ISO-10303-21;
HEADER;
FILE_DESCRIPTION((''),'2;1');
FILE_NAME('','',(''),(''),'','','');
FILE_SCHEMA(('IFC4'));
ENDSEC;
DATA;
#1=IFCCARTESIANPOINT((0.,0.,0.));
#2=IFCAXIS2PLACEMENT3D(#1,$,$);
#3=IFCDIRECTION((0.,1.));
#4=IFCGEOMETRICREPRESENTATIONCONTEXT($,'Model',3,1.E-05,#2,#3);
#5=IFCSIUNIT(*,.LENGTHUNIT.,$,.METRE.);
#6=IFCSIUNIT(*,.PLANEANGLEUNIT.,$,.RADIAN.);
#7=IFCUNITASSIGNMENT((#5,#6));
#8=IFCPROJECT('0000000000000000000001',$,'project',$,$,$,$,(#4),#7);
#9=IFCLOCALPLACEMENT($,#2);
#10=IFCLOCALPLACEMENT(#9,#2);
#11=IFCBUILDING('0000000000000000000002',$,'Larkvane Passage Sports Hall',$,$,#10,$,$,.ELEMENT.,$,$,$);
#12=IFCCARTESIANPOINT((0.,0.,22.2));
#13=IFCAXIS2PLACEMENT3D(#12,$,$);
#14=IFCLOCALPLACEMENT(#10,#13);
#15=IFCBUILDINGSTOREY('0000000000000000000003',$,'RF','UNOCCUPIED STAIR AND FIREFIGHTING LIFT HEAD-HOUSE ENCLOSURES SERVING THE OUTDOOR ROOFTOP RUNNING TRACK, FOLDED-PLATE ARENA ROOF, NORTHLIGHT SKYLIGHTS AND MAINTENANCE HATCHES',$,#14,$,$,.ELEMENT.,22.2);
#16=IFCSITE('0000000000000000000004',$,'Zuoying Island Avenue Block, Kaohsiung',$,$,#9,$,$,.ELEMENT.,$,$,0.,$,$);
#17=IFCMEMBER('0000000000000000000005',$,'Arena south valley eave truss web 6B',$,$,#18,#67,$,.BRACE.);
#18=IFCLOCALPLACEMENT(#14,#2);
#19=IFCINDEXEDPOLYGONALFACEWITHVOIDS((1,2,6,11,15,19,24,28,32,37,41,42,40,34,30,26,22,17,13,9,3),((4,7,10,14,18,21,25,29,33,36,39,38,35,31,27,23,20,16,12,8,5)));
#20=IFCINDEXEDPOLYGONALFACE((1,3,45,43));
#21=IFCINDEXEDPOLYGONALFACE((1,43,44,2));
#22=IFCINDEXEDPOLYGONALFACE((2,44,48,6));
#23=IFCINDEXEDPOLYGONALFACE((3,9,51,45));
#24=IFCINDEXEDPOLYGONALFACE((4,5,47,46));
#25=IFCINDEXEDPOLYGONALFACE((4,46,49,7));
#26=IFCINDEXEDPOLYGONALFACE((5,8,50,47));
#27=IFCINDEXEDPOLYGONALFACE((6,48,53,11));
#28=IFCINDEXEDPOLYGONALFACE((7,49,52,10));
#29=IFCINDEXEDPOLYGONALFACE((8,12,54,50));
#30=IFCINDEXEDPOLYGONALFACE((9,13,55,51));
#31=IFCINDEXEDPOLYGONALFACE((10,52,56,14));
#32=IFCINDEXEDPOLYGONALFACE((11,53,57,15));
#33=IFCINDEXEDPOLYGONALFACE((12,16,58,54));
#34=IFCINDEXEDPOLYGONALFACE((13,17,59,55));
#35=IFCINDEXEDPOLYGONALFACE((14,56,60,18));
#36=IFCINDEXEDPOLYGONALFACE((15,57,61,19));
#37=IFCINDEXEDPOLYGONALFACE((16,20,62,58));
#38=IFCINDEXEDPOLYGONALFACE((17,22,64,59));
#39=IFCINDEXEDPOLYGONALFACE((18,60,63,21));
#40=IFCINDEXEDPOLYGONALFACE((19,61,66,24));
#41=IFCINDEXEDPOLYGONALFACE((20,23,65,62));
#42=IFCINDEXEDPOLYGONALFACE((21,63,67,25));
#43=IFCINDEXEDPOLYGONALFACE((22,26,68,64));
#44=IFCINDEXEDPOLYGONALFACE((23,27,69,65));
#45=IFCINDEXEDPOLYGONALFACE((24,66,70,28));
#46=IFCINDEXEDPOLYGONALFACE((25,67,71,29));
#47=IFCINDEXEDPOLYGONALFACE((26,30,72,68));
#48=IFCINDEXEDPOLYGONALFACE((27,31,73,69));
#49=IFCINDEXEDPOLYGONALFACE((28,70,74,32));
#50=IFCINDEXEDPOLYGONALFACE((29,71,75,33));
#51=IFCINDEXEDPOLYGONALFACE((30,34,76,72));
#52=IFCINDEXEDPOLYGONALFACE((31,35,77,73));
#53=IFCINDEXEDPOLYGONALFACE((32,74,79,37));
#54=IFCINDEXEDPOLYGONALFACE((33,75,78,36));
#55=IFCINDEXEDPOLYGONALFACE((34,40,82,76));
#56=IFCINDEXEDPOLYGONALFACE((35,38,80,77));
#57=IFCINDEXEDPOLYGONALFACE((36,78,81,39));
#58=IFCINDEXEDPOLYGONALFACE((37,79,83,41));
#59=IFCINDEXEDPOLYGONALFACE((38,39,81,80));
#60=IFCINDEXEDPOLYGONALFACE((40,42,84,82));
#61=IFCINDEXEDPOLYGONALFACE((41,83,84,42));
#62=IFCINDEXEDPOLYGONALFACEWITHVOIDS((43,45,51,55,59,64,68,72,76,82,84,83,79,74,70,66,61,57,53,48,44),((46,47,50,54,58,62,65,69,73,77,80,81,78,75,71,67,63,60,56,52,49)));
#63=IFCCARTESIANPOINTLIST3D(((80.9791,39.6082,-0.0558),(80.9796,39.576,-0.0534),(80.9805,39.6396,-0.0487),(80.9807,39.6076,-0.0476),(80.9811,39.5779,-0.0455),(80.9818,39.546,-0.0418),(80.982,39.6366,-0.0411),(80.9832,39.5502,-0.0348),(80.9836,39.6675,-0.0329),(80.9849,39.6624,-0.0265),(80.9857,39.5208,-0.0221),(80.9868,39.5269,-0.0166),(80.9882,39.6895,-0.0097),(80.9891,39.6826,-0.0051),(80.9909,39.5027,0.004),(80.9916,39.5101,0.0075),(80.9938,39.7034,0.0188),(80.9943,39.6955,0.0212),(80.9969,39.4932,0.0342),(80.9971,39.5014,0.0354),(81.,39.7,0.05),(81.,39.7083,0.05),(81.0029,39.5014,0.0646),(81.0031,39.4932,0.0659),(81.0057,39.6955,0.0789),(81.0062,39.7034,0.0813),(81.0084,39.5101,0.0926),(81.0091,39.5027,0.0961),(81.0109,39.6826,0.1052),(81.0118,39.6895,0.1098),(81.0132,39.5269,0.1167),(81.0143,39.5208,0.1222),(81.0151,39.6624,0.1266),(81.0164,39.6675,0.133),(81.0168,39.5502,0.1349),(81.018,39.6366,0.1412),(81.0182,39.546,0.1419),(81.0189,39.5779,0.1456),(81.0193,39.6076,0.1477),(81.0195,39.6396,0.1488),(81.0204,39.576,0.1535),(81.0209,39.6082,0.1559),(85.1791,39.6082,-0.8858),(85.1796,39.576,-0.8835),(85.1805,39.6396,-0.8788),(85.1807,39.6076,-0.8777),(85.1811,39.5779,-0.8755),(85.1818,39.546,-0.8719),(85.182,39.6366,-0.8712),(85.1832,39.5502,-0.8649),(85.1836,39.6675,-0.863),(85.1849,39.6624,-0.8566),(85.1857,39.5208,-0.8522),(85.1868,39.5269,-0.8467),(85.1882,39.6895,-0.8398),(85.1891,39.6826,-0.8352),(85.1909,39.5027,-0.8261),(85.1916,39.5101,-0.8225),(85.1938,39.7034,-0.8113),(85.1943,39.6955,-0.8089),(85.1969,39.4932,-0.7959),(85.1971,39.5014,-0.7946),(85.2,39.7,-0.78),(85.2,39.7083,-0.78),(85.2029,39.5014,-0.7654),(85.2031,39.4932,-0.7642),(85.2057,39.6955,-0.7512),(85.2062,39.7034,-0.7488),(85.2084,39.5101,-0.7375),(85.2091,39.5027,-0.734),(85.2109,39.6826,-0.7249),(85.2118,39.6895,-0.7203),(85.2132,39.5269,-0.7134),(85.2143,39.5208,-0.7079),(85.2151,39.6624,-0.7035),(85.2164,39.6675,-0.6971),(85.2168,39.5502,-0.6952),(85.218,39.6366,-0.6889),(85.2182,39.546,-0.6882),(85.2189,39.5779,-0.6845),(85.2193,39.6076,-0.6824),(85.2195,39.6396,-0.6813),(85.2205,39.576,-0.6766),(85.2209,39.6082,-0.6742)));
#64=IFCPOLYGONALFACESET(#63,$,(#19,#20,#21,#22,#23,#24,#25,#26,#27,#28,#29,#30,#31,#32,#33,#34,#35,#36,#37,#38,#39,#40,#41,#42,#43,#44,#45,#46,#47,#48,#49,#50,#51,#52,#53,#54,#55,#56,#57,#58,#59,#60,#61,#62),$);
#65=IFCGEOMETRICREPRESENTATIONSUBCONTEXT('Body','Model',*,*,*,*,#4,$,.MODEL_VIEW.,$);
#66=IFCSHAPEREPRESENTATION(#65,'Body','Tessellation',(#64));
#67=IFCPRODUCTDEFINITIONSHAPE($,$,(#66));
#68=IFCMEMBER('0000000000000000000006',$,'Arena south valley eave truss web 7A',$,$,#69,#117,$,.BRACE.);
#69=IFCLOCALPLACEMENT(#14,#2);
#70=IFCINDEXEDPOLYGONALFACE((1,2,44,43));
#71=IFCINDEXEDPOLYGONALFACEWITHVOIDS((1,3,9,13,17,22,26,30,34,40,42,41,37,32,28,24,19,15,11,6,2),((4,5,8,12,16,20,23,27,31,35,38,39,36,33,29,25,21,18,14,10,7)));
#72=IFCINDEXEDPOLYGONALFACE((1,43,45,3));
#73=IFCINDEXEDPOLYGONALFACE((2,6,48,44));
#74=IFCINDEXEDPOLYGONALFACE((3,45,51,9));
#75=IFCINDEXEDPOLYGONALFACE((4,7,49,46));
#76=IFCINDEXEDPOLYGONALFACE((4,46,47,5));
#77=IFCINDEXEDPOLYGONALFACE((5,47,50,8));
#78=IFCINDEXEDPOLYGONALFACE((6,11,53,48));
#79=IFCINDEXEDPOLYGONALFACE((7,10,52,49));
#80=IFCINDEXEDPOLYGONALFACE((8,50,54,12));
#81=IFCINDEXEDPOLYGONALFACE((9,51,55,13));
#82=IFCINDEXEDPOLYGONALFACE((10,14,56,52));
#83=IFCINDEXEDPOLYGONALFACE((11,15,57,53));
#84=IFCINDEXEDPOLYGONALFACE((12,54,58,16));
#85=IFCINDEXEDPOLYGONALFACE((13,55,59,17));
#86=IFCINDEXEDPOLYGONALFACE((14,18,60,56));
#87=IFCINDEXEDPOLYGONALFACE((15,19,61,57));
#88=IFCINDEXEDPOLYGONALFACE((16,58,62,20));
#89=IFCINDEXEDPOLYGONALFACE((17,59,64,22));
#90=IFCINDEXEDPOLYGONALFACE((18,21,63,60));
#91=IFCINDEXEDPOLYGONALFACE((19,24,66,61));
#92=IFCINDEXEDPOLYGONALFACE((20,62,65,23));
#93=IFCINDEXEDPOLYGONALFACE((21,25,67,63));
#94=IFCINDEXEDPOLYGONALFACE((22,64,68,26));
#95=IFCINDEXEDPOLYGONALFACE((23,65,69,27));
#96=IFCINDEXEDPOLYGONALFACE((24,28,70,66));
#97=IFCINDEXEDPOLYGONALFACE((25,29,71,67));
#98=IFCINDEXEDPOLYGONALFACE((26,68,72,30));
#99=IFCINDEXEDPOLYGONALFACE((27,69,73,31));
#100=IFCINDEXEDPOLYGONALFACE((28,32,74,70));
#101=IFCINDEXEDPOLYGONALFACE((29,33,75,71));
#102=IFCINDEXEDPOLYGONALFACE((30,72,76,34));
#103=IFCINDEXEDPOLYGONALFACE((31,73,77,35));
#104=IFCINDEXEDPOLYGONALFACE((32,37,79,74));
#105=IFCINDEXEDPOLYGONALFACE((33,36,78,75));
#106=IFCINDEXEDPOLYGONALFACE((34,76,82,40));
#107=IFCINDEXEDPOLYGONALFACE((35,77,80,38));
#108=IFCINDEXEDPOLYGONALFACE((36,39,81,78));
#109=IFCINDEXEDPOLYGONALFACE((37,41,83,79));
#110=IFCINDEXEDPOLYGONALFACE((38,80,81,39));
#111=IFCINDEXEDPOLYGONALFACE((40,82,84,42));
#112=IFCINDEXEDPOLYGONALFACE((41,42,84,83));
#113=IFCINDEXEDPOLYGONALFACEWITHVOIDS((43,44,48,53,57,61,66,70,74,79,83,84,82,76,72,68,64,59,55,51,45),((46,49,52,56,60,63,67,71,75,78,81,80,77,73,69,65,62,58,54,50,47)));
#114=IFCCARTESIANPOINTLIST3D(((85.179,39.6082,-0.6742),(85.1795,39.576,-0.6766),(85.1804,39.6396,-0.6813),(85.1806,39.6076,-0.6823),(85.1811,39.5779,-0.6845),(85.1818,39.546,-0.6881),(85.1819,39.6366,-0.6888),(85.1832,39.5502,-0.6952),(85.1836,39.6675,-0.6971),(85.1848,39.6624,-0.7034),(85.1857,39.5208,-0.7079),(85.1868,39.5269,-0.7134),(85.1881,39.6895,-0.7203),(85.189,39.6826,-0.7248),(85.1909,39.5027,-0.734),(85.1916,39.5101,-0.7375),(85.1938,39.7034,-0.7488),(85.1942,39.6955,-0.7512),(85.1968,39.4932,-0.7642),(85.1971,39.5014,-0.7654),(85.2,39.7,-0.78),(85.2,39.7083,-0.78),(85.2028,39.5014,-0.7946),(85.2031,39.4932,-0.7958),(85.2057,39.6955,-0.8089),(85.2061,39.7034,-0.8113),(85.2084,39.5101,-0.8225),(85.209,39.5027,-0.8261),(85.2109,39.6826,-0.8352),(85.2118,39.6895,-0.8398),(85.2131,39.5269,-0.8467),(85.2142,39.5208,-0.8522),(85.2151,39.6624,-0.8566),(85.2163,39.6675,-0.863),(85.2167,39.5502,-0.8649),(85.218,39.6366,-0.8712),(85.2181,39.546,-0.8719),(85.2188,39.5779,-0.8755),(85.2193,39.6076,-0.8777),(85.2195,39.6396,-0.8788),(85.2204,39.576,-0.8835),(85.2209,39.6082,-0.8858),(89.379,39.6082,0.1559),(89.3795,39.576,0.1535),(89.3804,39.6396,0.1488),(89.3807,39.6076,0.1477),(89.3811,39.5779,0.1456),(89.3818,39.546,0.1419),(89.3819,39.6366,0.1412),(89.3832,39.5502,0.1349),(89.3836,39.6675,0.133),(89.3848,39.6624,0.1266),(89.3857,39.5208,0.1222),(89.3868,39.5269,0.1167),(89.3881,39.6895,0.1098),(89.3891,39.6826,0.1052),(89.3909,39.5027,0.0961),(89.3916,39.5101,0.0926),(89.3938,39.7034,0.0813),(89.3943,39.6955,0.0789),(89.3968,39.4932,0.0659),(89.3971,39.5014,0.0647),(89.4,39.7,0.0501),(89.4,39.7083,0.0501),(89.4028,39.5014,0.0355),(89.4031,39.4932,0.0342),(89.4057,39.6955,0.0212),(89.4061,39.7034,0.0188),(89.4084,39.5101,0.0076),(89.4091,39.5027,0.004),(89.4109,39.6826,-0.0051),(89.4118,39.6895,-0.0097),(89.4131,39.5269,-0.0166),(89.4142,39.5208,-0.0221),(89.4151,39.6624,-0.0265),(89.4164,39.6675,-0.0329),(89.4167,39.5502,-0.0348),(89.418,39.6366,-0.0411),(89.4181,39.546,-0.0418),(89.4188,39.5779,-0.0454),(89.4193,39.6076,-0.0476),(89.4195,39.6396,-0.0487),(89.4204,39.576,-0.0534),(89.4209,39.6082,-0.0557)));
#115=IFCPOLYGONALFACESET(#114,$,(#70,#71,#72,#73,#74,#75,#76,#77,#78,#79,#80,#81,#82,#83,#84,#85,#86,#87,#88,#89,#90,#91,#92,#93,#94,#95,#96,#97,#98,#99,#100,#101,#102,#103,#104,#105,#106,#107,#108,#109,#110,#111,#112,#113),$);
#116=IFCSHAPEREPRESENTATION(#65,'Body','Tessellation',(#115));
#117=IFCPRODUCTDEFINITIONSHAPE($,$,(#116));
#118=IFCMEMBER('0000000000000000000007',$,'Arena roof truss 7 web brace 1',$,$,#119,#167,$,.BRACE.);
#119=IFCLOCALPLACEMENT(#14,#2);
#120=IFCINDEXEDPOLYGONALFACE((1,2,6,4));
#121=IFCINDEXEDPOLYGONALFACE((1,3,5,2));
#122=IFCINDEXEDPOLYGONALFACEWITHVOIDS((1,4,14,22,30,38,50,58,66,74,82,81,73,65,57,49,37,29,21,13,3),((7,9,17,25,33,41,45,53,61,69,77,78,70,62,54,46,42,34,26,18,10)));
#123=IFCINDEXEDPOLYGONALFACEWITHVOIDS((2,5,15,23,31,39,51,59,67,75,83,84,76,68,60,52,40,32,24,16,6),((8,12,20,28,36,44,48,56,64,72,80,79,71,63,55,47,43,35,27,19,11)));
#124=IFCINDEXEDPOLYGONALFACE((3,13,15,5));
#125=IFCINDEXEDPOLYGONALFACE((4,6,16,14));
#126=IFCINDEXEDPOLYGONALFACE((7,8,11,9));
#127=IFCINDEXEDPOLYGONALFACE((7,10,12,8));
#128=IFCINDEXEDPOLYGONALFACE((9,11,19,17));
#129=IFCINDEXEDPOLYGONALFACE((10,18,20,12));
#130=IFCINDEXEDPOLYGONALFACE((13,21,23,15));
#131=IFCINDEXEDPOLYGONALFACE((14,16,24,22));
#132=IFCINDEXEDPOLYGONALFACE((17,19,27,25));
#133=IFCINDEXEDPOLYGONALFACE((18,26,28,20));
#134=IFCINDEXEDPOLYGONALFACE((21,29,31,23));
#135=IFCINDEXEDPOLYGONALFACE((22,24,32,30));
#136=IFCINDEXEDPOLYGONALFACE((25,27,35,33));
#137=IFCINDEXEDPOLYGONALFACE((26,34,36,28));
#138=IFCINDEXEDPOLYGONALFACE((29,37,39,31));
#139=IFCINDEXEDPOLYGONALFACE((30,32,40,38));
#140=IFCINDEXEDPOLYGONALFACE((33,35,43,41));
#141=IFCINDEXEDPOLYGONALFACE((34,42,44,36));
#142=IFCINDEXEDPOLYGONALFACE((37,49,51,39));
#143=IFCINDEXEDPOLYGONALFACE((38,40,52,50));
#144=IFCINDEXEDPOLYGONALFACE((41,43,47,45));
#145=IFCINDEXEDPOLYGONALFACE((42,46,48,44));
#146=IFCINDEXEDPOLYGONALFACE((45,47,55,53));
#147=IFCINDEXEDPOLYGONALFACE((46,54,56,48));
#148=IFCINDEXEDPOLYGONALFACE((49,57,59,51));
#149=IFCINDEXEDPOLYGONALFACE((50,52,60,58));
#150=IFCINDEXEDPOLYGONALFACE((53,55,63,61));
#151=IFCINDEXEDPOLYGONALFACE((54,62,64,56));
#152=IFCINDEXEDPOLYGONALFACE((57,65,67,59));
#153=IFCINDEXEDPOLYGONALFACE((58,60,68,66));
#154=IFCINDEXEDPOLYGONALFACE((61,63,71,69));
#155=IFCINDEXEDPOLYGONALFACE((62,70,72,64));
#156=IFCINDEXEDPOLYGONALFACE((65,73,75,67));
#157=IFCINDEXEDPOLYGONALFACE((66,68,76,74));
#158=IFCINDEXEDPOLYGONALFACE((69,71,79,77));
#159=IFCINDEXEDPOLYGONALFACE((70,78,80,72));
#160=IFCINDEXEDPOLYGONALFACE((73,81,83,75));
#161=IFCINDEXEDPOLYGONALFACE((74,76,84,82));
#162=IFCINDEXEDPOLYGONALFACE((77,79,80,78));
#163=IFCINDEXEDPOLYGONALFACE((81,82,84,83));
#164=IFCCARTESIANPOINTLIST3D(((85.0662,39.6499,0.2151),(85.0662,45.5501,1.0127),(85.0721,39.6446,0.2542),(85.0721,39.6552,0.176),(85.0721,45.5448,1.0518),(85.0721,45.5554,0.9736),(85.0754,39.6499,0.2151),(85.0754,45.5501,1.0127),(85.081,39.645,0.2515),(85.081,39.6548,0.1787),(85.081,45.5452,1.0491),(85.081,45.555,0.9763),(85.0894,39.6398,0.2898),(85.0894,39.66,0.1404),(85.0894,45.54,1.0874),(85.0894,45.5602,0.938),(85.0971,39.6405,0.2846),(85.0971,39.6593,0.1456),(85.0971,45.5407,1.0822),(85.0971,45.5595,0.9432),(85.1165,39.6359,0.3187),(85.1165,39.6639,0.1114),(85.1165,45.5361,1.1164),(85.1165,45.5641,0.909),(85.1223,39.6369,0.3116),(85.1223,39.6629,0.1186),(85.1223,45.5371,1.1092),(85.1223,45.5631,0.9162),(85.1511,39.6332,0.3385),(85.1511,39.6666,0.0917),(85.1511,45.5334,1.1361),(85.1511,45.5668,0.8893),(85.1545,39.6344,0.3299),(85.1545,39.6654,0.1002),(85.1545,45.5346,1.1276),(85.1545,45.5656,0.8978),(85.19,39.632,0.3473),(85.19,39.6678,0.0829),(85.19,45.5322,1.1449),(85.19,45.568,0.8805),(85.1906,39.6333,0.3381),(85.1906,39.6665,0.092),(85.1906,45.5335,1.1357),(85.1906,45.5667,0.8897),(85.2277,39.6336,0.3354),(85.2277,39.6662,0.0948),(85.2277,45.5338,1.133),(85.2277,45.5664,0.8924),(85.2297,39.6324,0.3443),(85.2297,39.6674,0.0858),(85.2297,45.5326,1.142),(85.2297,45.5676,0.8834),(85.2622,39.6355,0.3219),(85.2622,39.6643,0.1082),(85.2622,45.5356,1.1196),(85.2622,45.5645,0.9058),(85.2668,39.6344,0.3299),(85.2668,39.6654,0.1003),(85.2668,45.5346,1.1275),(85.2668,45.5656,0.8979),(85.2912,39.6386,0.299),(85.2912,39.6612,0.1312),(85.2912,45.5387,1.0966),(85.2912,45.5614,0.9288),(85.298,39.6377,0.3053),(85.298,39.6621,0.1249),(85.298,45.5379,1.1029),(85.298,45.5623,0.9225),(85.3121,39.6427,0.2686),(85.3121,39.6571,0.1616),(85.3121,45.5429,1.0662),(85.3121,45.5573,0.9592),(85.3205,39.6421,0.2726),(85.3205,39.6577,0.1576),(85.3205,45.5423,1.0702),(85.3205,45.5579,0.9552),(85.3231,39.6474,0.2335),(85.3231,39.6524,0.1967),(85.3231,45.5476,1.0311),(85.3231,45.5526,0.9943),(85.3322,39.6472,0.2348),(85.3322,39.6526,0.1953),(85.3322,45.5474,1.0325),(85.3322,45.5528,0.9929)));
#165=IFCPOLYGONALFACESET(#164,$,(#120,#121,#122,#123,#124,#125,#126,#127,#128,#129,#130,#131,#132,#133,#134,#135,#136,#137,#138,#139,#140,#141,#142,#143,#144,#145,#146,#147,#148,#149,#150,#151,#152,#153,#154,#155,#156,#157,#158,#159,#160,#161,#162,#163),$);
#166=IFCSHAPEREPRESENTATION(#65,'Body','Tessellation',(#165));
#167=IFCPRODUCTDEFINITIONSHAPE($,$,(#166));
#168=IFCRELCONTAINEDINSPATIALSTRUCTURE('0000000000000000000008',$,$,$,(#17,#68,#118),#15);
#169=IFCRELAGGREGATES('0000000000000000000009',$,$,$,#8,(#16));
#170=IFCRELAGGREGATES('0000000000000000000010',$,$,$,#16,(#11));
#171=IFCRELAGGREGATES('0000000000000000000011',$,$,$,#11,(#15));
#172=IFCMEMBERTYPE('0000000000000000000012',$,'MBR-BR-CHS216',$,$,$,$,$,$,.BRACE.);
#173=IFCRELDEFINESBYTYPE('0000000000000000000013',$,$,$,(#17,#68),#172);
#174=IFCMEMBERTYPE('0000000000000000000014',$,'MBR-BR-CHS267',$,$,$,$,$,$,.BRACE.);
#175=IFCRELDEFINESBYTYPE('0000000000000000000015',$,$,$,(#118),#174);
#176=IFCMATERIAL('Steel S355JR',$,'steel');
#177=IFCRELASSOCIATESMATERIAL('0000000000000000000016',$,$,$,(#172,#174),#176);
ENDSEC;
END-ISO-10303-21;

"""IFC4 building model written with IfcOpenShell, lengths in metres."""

from ifc_helpers import new_model, si_unit, direction, frame, origin, origin_2d, place, context, subcontext, project, spatial, hollow_circle, extrude, material, material_profile, profile_set, type_object, element, save


model = new_model("IFC4")

# Units and contexts
model_context = context("Model", 3, precision=1e-05, world=origin(), true_north=direction((0.0, 1.0)))
body_context = subcontext(model_context, "Body", "Model", "MODEL_VIEW")
ifc_project = project(units=[si_unit("LENGTHUNIT", "METRE"), si_unit("PLANEANGLEUNIT", "RADIAN")], contexts=[model_context])

# Site, building, storey
site_placement = place(None, origin())
site = spatial("IfcSite", under=ifc_project, at=site_placement, Name="Zuoying Island Avenue Block, Kaohsiung", CompositionType="ELEMENT", RefElevation=0.0)
building_placement = place(site_placement, origin())
building = spatial("IfcBuilding", under=site, at=building_placement, Name="Larkvane Passage Sports Hall", CompositionType="ELEMENT")
storey_placement = place(building_placement, frame((0.0, 0.0, 22.2)))
storey = spatial("IfcBuildingStorey", under=building, at=storey_placement, Name="RF", Description="UNOCCUPIED STAIR AND FIREFIGHTING LIFT HEAD-HOUSE ENCLOSURES SERVING THE OUTDOOR ROOFTOP RUNNING TRACK, FOLDED-PLATE ARENA ROOF, NORTHLIGHT SKYLIGHTS AND MAINTENANCE HATCHES", CompositionType="ELEMENT", Elevation=22.2)

# Members
ifc_material_1 = material(Name="Steel S355JR", Category="steel")
ifc_material_profile_1 = material_profile(ifc_material_1, hollow_circle(Radius=0.1082, WallThickness=0.0083, at=origin_2d()), Name="CHS-216.3x8.2")
ifc_profile_set_1 = profile_set([ifc_material_profile_1], Name="Steel S355JR")
member_type_1 = type_object("IfcMemberType", Name="MBR-BR-CHS216", PredefinedType="BRACE", material=ifc_profile_set_1)
for number, where, z_axis, x_axis, name in (
    (1, (81.0, 39.6001, 0.05), (0.981023, 0.0, -0.193889), (0.0, 1.0, 0.0), "Arena south valley eave truss web 6B"),
    (2, (85.2, 39.6001, -0.78), (0.981023, 0.0, 0.193889), (0.0, 1.0, 0.0), "Arena south valley eave truss web 7A"),
):
    element("IfcMember", number, at=place(storey_placement, frame(where, z_axis=z_axis, x_axis=x_axis)), inside=storey, type_object=member_type_1, Name=name, PredefinedType="BRACE", context=body_context, shape_type="SweptSolid", body=[
        extrude(hollow_circle(Radius=0.1082, WallThickness=0.0083, at=origin_2d()), origin(), (0.0, 0.0, 1.0), 4.2812),
    ])
ifc_material_profile_2 = material_profile(ifc_material_1, hollow_circle(Radius=0.1338, WallThickness=0.0093, at=origin_2d()), Name="CHS-267.4x9.3")
ifc_profile_set_2 = profile_set([ifc_material_profile_2], Name="Steel S355JR")
member_type_2 = type_object("IfcMemberType", Name="MBR-BR-CHS267", PredefinedType="BRACE", material=ifc_profile_set_2)
member_1_placement = place(storey_placement, frame((85.2, 39.6499, 0.2151), z_axis=(0.0, 0.990986, 0.133966), x_axis=(-1.0, 0.0, 0.0)))
element("IfcMember", 3, at=member_1_placement, inside=storey, type_object=member_type_2, Name="Arena roof truss 7 web brace 1", PredefinedType="BRACE", context=body_context, shape_type="SweptSolid", body=[
    extrude(hollow_circle(Radius=0.1338, WallThickness=0.0093, at=origin_2d()), origin(), (0.0, 0.0, 1.0), 5.9539),
])

save(model, "model.ifc")
